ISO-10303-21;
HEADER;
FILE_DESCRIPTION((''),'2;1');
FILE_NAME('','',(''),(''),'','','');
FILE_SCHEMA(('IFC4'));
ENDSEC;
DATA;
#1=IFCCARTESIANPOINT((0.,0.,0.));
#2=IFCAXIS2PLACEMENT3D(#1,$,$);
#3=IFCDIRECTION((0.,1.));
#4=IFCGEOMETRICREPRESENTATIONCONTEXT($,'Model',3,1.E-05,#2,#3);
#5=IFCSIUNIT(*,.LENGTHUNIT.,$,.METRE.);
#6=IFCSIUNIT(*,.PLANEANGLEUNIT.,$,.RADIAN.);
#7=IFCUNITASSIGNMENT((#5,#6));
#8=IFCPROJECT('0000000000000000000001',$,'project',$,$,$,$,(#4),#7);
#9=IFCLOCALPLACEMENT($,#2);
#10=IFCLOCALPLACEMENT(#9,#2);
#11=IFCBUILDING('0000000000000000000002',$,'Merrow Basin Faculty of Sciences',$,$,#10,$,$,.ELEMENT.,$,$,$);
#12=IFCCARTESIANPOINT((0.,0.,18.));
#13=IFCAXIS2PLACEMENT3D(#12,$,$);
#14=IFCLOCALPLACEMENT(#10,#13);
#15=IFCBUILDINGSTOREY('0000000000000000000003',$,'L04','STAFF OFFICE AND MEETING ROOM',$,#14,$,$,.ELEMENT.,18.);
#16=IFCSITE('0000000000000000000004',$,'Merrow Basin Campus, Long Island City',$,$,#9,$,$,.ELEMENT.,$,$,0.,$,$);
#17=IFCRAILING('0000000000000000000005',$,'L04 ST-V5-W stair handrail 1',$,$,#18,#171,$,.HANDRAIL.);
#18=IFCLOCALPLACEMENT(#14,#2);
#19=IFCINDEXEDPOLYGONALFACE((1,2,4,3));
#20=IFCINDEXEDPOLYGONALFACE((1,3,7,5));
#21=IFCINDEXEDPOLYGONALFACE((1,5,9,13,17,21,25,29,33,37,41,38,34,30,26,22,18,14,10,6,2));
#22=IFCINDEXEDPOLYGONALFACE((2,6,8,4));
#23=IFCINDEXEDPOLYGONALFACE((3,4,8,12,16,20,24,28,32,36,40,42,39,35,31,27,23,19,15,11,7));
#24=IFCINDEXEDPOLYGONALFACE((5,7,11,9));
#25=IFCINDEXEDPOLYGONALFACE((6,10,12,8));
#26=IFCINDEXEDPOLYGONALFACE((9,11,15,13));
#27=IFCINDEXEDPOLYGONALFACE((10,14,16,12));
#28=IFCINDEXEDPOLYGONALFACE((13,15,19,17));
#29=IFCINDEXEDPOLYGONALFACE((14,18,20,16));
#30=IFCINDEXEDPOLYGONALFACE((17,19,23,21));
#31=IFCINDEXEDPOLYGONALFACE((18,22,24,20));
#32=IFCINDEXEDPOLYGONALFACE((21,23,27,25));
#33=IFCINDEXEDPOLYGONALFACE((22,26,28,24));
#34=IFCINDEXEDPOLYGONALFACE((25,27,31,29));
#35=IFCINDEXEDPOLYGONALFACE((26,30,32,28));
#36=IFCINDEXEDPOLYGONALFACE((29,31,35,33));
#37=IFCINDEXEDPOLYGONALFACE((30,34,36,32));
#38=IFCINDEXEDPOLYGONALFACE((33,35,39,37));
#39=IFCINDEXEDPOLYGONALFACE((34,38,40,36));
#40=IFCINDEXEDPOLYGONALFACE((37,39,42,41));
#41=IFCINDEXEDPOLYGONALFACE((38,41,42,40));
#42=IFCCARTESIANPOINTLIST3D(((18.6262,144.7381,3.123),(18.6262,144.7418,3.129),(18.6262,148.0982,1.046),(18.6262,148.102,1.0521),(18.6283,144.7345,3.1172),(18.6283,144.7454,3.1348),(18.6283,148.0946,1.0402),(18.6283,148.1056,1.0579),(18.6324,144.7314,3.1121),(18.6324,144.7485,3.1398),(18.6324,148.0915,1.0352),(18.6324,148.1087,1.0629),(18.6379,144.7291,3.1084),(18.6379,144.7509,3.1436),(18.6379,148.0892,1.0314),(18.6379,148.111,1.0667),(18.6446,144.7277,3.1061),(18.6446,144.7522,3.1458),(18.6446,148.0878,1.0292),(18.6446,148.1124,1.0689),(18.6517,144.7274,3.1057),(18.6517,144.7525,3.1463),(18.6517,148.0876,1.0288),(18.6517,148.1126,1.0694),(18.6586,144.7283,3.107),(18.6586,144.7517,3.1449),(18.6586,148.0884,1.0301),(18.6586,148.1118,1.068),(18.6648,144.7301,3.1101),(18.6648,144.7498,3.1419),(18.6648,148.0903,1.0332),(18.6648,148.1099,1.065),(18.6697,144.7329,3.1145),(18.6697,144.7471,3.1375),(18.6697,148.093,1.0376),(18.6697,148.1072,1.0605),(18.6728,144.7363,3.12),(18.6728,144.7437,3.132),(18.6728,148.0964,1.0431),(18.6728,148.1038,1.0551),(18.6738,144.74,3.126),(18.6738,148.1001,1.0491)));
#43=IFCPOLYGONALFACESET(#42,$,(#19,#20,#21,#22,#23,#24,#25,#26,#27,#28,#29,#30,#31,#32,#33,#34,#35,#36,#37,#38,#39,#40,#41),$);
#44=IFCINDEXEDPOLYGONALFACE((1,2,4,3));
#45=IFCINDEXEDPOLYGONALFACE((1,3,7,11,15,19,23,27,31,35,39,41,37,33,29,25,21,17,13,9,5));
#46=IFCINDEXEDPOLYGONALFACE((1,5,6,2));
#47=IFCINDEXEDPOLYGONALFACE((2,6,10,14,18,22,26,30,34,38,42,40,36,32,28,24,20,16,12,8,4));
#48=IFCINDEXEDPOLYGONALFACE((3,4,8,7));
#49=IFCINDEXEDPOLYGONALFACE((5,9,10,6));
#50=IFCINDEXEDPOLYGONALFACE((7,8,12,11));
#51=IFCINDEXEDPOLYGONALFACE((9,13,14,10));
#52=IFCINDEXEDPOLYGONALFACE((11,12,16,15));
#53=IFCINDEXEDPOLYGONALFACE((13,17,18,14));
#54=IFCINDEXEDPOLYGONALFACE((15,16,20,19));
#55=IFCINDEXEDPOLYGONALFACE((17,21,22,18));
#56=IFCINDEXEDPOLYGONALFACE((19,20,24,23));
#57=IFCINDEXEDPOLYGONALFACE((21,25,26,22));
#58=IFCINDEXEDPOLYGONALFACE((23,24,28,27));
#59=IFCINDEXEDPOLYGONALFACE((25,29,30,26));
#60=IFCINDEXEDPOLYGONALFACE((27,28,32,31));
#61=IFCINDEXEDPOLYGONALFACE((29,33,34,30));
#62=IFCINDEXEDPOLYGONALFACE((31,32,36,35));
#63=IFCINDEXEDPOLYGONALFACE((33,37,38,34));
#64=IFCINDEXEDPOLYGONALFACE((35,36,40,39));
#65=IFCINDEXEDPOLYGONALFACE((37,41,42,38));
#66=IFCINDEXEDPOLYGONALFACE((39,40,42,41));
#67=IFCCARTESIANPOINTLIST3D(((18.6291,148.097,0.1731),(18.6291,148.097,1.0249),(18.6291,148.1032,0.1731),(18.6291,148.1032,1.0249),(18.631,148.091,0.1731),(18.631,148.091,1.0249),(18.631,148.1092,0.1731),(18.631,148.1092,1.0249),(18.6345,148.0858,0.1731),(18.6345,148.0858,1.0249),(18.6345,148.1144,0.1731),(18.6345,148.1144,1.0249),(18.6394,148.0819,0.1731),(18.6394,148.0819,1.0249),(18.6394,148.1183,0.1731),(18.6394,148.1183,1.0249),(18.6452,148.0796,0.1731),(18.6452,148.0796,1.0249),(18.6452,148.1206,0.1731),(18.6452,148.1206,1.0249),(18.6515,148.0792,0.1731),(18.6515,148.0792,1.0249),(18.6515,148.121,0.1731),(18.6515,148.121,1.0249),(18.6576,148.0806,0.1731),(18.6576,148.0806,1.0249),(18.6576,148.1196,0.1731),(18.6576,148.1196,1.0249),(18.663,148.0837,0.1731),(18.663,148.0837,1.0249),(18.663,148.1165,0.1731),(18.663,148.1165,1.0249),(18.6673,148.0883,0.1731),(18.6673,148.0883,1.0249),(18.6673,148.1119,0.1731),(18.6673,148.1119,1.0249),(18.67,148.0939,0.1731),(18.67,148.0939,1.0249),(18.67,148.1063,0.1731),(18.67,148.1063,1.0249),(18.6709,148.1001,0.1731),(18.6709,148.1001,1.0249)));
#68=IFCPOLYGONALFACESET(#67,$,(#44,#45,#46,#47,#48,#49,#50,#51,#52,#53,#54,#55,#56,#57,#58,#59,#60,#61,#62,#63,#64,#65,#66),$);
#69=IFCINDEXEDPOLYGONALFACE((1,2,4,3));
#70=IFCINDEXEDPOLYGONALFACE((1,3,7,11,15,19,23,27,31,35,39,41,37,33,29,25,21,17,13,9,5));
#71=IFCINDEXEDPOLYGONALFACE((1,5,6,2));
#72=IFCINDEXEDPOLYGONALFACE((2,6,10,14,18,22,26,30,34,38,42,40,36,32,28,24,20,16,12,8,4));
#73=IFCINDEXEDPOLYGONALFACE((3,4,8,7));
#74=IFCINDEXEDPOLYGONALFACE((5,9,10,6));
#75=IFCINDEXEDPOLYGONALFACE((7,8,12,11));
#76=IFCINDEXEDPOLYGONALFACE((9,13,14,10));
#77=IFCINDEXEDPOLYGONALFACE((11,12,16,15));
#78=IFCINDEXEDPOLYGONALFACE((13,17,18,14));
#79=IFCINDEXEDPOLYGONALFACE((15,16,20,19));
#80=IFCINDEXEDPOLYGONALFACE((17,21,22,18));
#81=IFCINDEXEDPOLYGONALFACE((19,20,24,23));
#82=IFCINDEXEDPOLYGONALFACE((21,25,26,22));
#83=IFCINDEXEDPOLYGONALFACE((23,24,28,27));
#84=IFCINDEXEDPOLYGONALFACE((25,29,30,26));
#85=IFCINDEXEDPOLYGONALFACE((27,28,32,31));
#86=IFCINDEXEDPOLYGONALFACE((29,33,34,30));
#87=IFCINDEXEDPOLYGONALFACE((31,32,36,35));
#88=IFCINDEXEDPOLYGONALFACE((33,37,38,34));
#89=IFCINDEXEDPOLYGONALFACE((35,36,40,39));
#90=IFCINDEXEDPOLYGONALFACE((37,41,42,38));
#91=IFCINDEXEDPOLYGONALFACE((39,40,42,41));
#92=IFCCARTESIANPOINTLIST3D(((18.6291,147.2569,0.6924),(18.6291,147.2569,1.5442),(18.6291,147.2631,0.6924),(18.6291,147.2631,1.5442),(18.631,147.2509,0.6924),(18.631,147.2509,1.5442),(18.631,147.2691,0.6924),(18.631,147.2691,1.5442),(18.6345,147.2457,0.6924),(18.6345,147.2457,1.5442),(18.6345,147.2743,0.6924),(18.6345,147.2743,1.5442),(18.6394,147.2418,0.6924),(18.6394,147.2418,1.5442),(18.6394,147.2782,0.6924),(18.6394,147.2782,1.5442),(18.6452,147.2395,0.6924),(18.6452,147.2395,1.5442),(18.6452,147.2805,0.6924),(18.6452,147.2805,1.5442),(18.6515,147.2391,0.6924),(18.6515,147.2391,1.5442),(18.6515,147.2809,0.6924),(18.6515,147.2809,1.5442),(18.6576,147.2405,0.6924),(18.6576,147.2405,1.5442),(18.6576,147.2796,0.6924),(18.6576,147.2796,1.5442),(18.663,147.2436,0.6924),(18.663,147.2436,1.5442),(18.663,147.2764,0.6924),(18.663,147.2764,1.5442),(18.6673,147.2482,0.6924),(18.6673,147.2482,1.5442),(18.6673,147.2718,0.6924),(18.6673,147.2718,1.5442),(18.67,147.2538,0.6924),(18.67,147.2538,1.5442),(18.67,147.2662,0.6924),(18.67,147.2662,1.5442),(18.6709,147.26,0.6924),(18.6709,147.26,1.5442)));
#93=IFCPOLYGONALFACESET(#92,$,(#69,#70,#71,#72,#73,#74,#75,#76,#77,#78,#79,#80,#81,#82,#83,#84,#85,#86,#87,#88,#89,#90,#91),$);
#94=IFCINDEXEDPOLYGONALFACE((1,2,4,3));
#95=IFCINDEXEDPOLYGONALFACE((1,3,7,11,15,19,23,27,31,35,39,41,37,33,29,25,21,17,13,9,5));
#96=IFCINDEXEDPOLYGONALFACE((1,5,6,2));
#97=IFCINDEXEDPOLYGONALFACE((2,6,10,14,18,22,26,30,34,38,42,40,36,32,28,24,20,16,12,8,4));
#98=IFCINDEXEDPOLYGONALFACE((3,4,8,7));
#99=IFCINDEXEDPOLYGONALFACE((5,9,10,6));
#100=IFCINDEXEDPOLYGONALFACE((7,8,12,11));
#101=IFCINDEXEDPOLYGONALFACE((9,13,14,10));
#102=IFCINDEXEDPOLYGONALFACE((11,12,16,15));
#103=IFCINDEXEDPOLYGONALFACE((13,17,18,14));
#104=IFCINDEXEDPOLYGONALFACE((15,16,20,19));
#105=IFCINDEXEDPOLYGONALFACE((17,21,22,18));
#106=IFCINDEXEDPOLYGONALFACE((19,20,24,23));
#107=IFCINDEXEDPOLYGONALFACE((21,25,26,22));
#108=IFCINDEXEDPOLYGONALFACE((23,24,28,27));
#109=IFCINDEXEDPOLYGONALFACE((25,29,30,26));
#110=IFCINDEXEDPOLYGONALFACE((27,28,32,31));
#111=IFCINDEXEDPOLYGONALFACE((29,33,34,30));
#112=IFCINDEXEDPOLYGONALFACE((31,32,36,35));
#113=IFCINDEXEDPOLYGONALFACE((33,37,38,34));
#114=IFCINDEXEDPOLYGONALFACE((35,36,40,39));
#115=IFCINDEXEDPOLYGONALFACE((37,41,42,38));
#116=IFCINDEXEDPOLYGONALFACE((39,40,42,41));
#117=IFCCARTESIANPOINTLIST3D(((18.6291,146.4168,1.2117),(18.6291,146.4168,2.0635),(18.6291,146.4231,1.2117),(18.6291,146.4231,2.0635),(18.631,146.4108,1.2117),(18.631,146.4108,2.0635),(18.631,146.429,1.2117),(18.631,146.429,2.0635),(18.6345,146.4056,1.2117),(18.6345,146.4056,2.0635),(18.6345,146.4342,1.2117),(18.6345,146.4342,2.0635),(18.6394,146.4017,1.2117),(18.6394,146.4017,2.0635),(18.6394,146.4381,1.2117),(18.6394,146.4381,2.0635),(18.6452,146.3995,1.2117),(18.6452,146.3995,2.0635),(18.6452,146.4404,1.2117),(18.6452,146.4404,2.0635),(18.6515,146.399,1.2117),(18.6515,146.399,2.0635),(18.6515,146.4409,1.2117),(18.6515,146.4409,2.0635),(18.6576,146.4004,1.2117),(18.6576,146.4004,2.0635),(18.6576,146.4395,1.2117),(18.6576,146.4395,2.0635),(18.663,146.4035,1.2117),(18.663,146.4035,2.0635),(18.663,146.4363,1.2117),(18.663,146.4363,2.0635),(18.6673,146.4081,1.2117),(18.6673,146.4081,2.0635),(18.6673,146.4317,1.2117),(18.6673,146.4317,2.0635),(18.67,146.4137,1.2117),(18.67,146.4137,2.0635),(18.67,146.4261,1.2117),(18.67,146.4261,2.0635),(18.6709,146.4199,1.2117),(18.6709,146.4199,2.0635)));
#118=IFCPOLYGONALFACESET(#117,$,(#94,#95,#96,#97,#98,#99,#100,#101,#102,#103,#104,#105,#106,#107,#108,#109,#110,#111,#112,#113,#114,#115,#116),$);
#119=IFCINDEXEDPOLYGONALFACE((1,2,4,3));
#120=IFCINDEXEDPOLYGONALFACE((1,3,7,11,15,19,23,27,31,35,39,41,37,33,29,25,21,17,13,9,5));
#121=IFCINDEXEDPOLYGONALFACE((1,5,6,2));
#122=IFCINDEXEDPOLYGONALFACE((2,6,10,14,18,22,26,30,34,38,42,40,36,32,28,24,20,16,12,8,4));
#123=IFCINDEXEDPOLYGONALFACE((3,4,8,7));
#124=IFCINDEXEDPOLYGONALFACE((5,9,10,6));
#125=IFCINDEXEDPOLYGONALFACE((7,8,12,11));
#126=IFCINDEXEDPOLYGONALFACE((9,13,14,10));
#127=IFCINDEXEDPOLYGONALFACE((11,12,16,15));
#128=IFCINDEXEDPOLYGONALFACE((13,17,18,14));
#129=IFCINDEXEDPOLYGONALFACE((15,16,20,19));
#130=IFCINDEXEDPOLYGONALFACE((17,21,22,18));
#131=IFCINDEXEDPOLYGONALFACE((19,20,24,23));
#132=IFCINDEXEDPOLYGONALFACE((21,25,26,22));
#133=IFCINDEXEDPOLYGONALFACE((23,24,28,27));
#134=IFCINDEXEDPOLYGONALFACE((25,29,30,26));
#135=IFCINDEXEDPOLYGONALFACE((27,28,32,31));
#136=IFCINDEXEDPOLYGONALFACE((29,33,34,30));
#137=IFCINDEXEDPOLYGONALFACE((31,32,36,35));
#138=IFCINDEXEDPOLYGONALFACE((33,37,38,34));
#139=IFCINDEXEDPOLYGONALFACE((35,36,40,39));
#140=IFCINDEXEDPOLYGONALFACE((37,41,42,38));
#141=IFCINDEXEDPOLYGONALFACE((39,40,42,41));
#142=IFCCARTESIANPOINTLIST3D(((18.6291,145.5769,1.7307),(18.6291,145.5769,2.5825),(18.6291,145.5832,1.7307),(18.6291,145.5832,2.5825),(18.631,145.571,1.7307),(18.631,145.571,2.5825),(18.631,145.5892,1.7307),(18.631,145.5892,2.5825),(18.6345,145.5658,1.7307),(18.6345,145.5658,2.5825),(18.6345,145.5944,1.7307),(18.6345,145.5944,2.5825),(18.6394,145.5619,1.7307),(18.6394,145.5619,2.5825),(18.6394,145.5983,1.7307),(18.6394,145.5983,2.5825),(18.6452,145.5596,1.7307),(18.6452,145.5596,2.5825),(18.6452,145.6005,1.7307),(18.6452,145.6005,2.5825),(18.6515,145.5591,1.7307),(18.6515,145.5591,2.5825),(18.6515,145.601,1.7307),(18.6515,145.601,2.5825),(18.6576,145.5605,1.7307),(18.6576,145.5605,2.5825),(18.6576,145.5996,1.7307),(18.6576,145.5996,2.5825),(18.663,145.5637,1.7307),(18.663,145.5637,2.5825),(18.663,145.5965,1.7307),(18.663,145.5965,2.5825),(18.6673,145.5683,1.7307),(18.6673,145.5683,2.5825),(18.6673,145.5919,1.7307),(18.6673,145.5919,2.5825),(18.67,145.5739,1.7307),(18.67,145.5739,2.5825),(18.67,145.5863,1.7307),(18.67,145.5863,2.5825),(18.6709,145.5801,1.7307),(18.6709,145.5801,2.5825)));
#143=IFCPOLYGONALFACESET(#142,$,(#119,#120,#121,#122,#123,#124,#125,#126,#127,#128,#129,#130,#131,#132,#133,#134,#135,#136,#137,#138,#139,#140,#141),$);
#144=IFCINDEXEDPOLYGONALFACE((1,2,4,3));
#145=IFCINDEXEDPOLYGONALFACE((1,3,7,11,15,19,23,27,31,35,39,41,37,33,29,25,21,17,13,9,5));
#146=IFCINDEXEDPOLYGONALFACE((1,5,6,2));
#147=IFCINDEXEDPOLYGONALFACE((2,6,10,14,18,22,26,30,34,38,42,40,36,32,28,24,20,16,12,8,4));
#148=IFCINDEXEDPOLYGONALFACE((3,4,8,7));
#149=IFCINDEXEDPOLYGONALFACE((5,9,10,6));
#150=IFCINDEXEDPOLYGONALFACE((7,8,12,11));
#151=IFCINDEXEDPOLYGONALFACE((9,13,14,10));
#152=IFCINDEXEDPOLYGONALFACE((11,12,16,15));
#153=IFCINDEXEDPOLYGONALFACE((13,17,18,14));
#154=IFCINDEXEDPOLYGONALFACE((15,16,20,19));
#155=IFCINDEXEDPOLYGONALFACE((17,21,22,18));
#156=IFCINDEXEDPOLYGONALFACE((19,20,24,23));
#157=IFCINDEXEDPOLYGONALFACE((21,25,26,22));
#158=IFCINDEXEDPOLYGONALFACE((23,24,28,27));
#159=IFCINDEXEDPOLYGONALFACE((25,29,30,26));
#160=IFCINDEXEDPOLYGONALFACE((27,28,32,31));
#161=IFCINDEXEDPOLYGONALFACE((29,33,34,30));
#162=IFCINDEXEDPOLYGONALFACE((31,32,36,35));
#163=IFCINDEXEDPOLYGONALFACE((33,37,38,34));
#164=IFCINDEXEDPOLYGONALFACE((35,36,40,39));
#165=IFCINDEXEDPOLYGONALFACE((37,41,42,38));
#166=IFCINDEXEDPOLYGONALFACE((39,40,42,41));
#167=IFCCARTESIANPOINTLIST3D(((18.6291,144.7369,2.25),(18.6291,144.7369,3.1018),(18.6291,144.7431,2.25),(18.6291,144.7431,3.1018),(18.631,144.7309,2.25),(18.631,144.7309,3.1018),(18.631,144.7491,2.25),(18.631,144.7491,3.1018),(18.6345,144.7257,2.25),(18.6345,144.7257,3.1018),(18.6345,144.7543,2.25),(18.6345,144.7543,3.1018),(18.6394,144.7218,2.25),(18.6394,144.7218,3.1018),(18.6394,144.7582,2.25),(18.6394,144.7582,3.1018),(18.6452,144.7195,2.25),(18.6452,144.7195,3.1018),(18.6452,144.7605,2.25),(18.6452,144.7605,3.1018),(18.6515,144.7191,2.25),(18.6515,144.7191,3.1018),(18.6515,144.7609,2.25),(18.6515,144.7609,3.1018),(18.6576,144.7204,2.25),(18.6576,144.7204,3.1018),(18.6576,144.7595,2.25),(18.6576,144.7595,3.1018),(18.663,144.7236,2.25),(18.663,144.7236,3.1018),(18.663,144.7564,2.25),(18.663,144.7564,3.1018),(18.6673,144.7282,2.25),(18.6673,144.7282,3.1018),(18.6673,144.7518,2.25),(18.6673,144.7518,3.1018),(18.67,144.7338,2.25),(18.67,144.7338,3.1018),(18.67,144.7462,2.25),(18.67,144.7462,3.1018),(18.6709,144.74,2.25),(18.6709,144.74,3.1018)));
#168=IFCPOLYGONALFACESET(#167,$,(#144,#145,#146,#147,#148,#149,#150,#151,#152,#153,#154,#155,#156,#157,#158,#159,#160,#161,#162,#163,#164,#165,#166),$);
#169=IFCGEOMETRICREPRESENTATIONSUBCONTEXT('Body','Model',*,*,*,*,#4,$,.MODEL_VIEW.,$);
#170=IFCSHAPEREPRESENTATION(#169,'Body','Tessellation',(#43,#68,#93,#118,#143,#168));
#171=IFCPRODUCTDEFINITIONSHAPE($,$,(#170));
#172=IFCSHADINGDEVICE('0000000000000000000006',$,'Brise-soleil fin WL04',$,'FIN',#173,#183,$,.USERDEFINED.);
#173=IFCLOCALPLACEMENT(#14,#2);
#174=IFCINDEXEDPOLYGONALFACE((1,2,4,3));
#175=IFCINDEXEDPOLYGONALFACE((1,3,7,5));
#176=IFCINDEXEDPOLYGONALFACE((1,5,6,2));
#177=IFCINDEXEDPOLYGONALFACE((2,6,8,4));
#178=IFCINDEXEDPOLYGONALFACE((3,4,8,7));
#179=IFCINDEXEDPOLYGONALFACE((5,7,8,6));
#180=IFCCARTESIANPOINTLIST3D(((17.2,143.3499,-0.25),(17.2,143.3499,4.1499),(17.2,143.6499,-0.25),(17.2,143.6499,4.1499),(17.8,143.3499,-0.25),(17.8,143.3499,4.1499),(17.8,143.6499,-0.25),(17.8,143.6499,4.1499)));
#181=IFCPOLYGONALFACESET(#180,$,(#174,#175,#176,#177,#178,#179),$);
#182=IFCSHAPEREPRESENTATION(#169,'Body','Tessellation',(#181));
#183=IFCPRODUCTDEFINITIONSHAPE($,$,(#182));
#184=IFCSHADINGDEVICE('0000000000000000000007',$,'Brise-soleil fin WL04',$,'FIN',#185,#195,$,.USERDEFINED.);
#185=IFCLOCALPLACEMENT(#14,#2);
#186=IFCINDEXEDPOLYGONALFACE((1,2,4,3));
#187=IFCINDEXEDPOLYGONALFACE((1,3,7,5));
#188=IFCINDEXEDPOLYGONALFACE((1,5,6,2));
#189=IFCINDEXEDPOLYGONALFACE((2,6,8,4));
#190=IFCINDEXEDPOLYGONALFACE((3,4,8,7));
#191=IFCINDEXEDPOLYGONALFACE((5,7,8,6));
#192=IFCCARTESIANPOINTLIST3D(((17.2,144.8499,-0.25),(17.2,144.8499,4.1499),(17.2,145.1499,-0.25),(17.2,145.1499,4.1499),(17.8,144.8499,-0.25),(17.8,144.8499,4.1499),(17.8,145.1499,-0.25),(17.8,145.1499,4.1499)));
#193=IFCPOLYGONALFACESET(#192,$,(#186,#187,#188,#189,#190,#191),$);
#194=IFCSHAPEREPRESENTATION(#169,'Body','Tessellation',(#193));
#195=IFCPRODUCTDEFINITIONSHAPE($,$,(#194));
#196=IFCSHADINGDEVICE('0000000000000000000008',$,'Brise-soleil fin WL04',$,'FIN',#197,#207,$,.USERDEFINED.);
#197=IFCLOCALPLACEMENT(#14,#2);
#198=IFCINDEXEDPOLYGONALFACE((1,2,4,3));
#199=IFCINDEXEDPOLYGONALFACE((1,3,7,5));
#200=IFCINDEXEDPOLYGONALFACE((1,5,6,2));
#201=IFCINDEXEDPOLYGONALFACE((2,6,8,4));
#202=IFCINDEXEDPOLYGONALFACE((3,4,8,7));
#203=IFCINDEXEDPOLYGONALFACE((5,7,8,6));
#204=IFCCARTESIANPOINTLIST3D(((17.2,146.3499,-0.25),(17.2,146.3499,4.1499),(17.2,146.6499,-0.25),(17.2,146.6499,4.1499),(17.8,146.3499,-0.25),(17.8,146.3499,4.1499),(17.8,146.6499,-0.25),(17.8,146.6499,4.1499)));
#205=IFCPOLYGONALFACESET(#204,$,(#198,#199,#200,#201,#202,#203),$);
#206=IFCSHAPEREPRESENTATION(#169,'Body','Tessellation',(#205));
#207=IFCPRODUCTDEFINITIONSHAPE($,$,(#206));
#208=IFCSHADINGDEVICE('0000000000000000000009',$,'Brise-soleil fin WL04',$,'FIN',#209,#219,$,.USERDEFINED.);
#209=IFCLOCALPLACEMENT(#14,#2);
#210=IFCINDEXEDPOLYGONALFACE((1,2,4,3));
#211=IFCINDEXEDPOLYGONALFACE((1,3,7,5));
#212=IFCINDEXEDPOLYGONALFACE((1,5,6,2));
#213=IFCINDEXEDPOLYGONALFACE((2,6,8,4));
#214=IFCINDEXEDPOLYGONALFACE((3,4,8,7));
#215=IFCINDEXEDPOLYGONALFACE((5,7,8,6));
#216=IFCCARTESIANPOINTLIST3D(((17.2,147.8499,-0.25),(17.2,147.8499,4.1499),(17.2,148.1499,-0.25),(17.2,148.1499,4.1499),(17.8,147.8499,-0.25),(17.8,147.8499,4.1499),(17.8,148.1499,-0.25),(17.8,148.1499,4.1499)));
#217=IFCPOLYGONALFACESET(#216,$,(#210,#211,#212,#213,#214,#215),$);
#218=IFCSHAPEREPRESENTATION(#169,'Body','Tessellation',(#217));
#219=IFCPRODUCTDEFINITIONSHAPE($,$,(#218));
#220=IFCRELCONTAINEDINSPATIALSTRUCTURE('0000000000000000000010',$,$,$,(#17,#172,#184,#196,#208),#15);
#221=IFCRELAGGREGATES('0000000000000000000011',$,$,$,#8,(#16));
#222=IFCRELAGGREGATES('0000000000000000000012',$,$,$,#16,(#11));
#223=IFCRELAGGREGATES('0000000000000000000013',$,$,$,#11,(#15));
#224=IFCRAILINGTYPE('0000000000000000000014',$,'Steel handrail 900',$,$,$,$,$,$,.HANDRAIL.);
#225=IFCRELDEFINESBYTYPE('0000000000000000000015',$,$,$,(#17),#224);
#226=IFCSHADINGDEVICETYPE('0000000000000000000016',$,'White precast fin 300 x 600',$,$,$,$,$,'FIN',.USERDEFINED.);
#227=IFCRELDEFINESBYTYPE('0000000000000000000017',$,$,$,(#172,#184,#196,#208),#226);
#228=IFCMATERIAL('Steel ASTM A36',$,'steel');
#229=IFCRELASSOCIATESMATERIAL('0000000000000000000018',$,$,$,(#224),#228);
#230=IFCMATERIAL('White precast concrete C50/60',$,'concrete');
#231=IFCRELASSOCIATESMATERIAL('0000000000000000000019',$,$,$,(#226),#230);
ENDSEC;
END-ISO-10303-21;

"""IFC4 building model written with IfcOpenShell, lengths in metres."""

from ifc_helpers import new_model, si_unit, direction, frame, origin, origin_2d, place, context, subcontext, project, spatial, polyline, circle, outline, extrude, source, transform, mapped, material, type_object, element, save


model = new_model("IFC4")

# Units and contexts
model_context = context("Model", 3, precision=1e-05, world=origin(), true_north=direction((0.0, 1.0)))
body_context = subcontext(model_context, "Body", "Model", "MODEL_VIEW")
ifc_project = project(units=[si_unit("LENGTHUNIT", "METRE"), si_unit("PLANEANGLEUNIT", "RADIAN")], contexts=[model_context])

# Site, building, storey
site_placement = place(None, origin())
site = spatial("IfcSite", under=ifc_project, at=site_placement, Name="Merrow Basin Campus, Long Island City", CompositionType="ELEMENT", RefElevation=0.0)
building_placement = place(site_placement, origin())
building = spatial("IfcBuilding", under=site, at=building_placement, Name="Merrow Basin Faculty of Sciences", CompositionType="ELEMENT")
storey_placement = place(building_placement, frame((0.0, 0.0, 18.0)))
storey = spatial("IfcBuildingStorey", under=building, at=storey_placement, Name="L04", Description="STAFF OFFICE AND MEETING ROOM", CompositionType="ELEMENT", Elevation=18.0)

# Railing
ifc_material_1 = material(Name="Steel ASTM A36", Category="steel")
railing_type_1 = type_object("IfcRailingType", Name="Steel handrail 900", PredefinedType="HANDRAIL", material=ifc_material_1)
railing_1_placement = place(storey_placement, frame((18.6499, 148.1001, 0.1731)))
element("IfcRailing", 1, at=railing_1_placement, inside=storey, type_object=railing_type_1, Name="L04 ST-V5-W stair handrail 1", PredefinedType="HANDRAIL", context=body_context, shape_type="SweptSolid", body=[
    extrude(circle(Radius=0.0239, at=origin_2d()), frame((0.0, 0.0, 0.876), z_axis=(0.0, -0.850623, 0.525776), x_axis=(1.0, 0.0, 0.0)), (0.0, 0.0, 1.0), 3.9502),
    extrude(circle(Radius=0.021, at=origin_2d()), origin(), (0.0, 0.0, 1.0), 0.8518),
    extrude(circle(Radius=0.021, at=origin_2d()), frame((0.0, -0.8401, 0.5193)), (0.0, 0.0, 1.0), 0.8518),
    extrude(circle(Radius=0.021, at=origin_2d()), frame((0.0, -1.6802, 1.0386)), (0.0, 0.0, 1.0), 0.8518),
    extrude(circle(Radius=0.021, at=origin_2d()), frame((0.0, -2.52, 1.5576)), (0.0, 0.0, 1.0), 0.8518),
    extrude(circle(Radius=0.021, at=origin_2d()), frame((0.0, -3.3601, 2.0769)), (0.0, 0.0, 1.0), 0.8518),
])

# Shading devices
ifc_material_2 = material(Name="White precast concrete C50/60", Category="concrete")
shading_device_type = type_object("IfcShadingDeviceType", Name="White precast fin 300 x 600", ElementType="FIN", PredefinedType="USERDEFINED", material=ifc_material_2)
shared_shape_1 = source(origin(), body_context, "Body", "SweptSolid", [
    extrude(outline(polyline([(0.0, 0.0), (0.3, 0.0), (0.3, 4.3999), (0.0, 4.3999), (0.0, 0.0)])), origin(), (0.0, 0.0, 1.0), 0.6001),
])
for number, where, z_axis, x_axis, name in (
    (2, (17.8, 143.6499, -0.25), (-1.0, 0.0, 0.0), (0.0, -1.0, 0.0), "Brise-soleil fin WL04"),
    (3, (17.8, 145.1499, -0.25), (-1.0, 0.0, 0.0), (0.0, -1.0, 0.0), "Brise-soleil fin WL04"),
    (4, (17.8, 146.6499, -0.25), (-1.0, 0.0, 0.0), (0.0, -1.0, 0.0), "Brise-soleil fin WL04"),
    (5, (17.8, 148.1499, -0.25), (-1.0, 0.0, 0.0), (0.0, -1.0, 0.0), "Brise-soleil fin WL04"),
):
    element("IfcShadingDevice", number, at=place(storey_placement, frame(where, z_axis=z_axis, x_axis=x_axis)), inside=storey, type_object=shading_device_type, Name=name, ObjectType="FIN", PredefinedType="USERDEFINED", context=body_context, shape_type="MappedRepresentation", body=[
        mapped(shared_shape_1, transform((0.0, 0.0, 0.0), scale=1.0)),
    ])

save(model, "model.ifc")
